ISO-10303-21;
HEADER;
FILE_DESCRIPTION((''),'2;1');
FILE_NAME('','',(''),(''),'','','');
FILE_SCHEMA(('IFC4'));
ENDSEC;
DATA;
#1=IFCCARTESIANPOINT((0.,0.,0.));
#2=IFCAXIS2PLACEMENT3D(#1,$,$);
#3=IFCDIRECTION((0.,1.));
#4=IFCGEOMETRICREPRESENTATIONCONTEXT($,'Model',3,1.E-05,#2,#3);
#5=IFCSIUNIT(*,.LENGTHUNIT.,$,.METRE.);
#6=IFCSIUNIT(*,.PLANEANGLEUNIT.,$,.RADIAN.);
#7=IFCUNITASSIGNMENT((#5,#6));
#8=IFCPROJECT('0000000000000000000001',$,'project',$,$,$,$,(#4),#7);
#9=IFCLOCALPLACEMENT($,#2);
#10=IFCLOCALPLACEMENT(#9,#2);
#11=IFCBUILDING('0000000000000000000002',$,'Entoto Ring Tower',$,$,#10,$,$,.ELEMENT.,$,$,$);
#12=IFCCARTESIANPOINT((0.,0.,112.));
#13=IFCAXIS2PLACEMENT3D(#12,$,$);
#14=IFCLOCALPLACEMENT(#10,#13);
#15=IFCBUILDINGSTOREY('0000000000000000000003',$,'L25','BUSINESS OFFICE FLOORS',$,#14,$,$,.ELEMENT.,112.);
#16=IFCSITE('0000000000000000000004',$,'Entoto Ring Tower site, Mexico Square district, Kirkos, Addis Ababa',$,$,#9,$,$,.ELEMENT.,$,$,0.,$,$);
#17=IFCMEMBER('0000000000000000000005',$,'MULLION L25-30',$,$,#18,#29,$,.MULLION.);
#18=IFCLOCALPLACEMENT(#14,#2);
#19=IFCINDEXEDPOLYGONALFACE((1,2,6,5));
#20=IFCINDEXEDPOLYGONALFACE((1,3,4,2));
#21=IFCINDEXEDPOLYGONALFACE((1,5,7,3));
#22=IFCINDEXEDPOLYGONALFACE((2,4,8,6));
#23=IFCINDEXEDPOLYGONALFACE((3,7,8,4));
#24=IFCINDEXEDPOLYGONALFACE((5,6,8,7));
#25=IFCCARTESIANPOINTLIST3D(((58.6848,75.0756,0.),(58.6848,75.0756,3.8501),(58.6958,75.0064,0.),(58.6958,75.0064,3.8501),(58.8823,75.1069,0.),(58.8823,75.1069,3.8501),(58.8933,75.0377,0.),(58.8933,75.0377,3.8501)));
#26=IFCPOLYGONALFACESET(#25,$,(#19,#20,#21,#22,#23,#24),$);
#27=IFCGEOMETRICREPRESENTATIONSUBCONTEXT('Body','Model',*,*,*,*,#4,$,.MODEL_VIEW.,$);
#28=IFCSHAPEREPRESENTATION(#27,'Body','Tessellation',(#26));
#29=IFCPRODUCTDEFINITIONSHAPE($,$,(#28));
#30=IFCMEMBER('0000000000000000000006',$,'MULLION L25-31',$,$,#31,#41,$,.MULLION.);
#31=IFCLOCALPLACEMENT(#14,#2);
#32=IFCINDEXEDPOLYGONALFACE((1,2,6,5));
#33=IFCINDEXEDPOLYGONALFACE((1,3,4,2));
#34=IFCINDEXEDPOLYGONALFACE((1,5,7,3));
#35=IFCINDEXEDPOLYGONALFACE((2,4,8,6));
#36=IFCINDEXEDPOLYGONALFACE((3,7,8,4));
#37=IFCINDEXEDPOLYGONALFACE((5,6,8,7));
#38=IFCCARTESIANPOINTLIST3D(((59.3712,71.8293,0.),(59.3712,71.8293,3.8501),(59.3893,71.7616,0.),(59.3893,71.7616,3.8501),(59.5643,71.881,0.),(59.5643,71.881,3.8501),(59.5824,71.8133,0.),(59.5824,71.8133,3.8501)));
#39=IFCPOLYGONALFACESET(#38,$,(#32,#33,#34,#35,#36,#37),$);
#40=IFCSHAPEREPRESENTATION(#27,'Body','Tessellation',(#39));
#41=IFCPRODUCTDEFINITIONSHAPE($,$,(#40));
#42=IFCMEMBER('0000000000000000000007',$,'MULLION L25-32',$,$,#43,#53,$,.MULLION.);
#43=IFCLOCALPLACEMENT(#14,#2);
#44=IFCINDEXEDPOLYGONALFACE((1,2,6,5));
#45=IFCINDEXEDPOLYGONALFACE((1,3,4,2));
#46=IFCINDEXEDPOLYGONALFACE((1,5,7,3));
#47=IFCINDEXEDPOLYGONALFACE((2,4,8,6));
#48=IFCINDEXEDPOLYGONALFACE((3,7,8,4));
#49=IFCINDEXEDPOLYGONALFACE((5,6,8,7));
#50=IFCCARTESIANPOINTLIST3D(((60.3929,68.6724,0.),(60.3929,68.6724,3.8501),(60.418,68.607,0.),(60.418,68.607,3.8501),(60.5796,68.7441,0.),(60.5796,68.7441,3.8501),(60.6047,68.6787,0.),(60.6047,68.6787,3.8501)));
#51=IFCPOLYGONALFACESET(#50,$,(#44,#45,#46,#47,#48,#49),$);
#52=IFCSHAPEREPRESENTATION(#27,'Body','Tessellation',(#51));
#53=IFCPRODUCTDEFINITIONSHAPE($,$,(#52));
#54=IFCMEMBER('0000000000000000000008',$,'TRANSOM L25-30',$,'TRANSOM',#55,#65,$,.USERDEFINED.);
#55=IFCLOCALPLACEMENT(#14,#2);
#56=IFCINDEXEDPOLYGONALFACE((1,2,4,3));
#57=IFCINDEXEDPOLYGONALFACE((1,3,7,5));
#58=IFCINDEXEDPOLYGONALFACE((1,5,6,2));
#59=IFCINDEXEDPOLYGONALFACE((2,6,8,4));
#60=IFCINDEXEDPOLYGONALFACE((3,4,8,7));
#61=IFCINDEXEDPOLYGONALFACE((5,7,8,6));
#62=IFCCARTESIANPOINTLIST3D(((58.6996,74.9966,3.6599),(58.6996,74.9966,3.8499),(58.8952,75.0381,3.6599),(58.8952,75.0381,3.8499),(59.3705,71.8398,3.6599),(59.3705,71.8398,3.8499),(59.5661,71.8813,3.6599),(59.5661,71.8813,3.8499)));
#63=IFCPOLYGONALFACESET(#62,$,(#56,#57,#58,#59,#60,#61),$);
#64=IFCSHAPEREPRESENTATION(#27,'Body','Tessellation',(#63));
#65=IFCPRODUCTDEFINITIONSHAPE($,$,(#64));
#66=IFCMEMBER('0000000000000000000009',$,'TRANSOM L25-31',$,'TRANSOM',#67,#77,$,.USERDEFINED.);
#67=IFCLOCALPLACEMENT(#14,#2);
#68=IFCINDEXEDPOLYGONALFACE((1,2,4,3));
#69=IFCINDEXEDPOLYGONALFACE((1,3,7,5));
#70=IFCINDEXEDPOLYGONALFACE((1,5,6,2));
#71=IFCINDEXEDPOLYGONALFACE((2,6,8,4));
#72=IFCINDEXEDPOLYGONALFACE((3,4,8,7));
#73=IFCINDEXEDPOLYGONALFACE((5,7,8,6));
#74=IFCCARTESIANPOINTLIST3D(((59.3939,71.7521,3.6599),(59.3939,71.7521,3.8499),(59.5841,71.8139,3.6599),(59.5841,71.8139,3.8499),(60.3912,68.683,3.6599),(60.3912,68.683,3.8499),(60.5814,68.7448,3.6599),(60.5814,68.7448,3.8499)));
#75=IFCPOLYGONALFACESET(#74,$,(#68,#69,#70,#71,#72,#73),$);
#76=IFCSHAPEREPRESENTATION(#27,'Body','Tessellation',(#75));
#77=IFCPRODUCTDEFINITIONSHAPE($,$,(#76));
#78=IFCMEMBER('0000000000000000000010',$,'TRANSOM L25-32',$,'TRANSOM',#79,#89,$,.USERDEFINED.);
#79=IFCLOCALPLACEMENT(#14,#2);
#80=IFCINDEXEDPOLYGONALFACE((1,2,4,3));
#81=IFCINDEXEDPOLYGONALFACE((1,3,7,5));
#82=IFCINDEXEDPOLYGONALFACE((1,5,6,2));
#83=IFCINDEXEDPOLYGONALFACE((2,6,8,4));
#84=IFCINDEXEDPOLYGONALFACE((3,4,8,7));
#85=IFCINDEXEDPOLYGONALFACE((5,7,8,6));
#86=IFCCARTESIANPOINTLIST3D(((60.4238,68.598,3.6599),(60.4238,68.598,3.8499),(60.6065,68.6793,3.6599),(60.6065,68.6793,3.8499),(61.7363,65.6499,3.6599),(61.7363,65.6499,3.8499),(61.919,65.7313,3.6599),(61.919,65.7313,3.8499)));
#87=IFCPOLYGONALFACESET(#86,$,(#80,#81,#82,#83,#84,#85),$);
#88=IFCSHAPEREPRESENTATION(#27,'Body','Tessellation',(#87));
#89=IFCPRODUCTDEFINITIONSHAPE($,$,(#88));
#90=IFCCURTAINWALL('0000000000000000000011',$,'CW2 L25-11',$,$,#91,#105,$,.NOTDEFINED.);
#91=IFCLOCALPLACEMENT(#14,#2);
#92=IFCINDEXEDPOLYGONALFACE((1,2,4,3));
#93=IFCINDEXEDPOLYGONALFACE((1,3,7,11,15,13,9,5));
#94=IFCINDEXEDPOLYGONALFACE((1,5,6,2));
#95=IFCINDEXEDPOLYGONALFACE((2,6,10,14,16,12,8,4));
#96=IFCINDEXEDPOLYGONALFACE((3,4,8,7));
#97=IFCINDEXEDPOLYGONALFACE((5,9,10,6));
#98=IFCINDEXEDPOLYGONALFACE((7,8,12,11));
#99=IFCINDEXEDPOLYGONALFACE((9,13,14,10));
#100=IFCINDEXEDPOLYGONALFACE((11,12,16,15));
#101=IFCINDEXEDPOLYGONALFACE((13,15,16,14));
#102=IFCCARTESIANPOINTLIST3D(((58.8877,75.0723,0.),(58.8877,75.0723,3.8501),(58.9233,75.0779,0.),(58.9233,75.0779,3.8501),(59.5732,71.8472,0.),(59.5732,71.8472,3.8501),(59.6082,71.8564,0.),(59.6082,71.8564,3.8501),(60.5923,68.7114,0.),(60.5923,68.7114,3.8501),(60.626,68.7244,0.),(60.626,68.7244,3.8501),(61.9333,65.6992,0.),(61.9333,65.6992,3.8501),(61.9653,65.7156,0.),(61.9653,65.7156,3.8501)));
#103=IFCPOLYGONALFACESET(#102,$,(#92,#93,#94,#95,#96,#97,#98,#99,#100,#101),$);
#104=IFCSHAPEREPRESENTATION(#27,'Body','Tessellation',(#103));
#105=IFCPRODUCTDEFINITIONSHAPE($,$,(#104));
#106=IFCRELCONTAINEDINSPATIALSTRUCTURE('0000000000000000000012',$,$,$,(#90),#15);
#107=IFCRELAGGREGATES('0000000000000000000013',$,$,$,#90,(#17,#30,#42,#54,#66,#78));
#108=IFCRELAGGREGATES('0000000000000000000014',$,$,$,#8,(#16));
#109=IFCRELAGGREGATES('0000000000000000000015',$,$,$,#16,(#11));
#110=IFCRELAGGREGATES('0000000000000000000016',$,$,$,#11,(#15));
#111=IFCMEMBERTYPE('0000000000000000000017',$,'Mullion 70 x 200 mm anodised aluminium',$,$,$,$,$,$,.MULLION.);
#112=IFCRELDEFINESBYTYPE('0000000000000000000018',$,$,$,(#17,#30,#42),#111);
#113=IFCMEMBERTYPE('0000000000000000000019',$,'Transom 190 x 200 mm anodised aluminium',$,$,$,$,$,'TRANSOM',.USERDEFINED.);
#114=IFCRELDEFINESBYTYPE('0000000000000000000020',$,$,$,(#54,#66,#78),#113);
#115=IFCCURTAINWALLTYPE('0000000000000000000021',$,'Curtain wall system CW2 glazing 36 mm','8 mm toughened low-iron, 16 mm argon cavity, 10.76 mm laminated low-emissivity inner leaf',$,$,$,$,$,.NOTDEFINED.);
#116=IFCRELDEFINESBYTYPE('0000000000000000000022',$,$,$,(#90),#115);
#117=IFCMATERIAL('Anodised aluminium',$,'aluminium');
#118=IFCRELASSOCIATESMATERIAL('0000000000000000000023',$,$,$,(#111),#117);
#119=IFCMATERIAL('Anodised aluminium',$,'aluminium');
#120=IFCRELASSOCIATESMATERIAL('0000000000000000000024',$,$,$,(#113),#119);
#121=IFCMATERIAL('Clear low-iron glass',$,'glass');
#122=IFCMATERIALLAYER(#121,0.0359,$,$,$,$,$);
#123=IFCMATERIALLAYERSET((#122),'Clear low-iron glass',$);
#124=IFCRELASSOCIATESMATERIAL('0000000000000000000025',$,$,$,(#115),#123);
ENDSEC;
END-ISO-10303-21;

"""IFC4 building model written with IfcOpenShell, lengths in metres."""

from ifc_helpers import new_model, si_unit, direction, frame, origin, origin_2d, place, context, subcontext, project, spatial, polyline, rectangle, outline, extrude, material, layer, layer_set, material_profile, profile_set, type_object, element, aggregate, save


model = new_model("IFC4")

# Units and contexts
model_context = context("Model", 3, precision=1e-05, world=origin(), true_north=direction((0.0, 1.0)))
body_context = subcontext(model_context, "Body", "Model", "MODEL_VIEW")
ifc_project = project(units=[si_unit("LENGTHUNIT", "METRE"), si_unit("PLANEANGLEUNIT", "RADIAN")], contexts=[model_context])

# Members
ifc_material_1 = material(Name="Anodised aluminium", Category="aluminium")
ifc_material_profile_1 = material_profile(ifc_material_1, rectangle(XDim=0.0701, YDim=0.2, at=origin_2d()), Name="Mullion 70 x 200 mm anodised aluminium")
ifc_profile_set_1 = profile_set([ifc_material_profile_1], Name="Anodised aluminium")
member_type_1 = type_object("IfcMemberType", Name="Mullion 70 x 200 mm anodised aluminium", PredefinedType="MULLION", material=ifc_profile_set_1)
site_placement = place(None, origin())
building_placement = place(site_placement, origin())
storey_placement = place(building_placement, frame((0.0, 0.0, 112.0)))
member_1_placement = place(storey_placement, frame((58.7891, 75.0566, 0.0), z_axis=(0.0, 0.0, 1.0), x_axis=(0.156434, -0.987688, 0.0)))
member_1 = element("IfcMember", 1, at=member_1_placement, type_object=member_type_1, Name="MULLION L25-30", PredefinedType="MULLION", context=body_context, shape_type="SweptSolid", body=[
    extrude(rectangle(XDim=0.0701, YDim=0.2, at=origin_2d()), origin(), (0.0, 0.0, 1.0), 3.8501),
])
member_2_placement = place(storey_placement, frame((59.4768, 71.8213, 0.0), z_axis=(0.0, 0.0, 1.0), x_axis=(0.258819, -0.965926, 0.0)))
member_2 = element("IfcMember", 2, at=member_2_placement, type_object=member_type_1, Name="MULLION L25-31", PredefinedType="MULLION", context=body_context, shape_type="SweptSolid", body=[
    extrude(rectangle(XDim=0.0701, YDim=0.2, at=origin_2d()), origin(), (0.0, 0.0, 1.0), 3.8501),
])
member_3_placement = place(storey_placement, frame((60.4988, 68.6755, 0.0), z_axis=(0.0, 0.0, 1.0), x_axis=(0.358368, -0.93358, 0.0)))
member_3 = element("IfcMember", 3, at=member_3_placement, type_object=member_type_1, Name="MULLION L25-32", PredefinedType="MULLION", context=body_context, shape_type="SweptSolid", body=[
    extrude(rectangle(XDim=0.0701, YDim=0.2, at=origin_2d()), origin(), (0.0, 0.0, 1.0), 3.8501),
])
ifc_material_2 = material(Name="Anodised aluminium", Category="aluminium")
ifc_material_profile_2 = material_profile(ifc_material_2, rectangle(XDim=0.2, YDim=0.1899, at=origin_2d()), Name="Transom 190 x 200 mm anodised aluminium")
ifc_profile_set_2 = profile_set([ifc_material_profile_2], Name="Anodised aluminium")
member_type_2 = type_object("IfcMemberType", Name="Transom 190 x 200 mm anodised aluminium", ElementType="TRANSOM", PredefinedType="USERDEFINED", material=ifc_profile_set_2)
member_4_placement = place(storey_placement, frame((58.7974, 75.0173, 3.7549), z_axis=(0.207886, -0.978153, 0.0), x_axis=(0.978153, 0.207886, 0.0)))
member_4 = element("IfcMember", 4, at=member_4_placement, type_object=member_type_2, Name="TRANSOM L25-30", ObjectType="TRANSOM", PredefinedType="USERDEFINED", context=body_context, shape_type="SweptSolid", body=[
    extrude(rectangle(XDim=0.2, YDim=0.1899, at=origin_2d()), origin(), (0.0, 0.0, 1.0), 3.2273),
])
member_5_placement = place(storey_placement, frame((59.489, 71.783, 3.7549), z_axis=(0.309047, -0.951047, 0.0), x_axis=(0.951047, 0.309047, 0.0)))
member_5 = element("IfcMember", 5, at=member_5_placement, type_object=member_type_2, Name="TRANSOM L25-31", ObjectType="TRANSOM", PredefinedType="USERDEFINED", context=body_context, shape_type="SweptSolid", body=[
    extrude(rectangle(XDim=0.2, YDim=0.1899, at=origin_2d()), origin(), (0.0, 0.0, 1.0), 3.2271),
])
member_6_placement = place(storey_placement, frame((60.5151, 68.6387, 3.7549), z_axis=(0.406728, -0.913549, 0.0), x_axis=(0.913549, 0.406728, 0.0)))
member_6 = element("IfcMember", 6, at=member_6_placement, type_object=member_type_2, Name="TRANSOM L25-32", ObjectType="TRANSOM", PredefinedType="USERDEFINED", context=body_context, shape_type="SweptSolid", body=[
    extrude(rectangle(XDim=0.2, YDim=0.1899, at=origin_2d()), origin(), (0.0, 0.0, 1.0), 3.2271),
])

# Site, building, storey
site = spatial("IfcSite", under=ifc_project, at=site_placement, Name="Entoto Ring Tower site, Mexico Square district, Kirkos, Addis Ababa", CompositionType="ELEMENT", RefElevation=0.0)
building = spatial("IfcBuilding", under=site, at=building_placement, Name="Entoto Ring Tower", CompositionType="ELEMENT")
storey = spatial("IfcBuildingStorey", under=building, at=storey_placement, Name="L25", Description="BUSINESS OFFICE FLOORS", CompositionType="ELEMENT", Elevation=112.0)

# Curtain wall
ifc_material_3 = material(Name="Clear low-iron glass", Category="glass")
ifc_layer = layer(ifc_material_3, 0.0359)
ifc_layer_set = layer_set([ifc_layer], Name="Clear low-iron glass")
curtain_wall_type = type_object("IfcCurtainWallType", Name="Curtain wall system CW2 glazing 36 mm", Description="8 mm toughened low-iron, 16 mm argon cavity, 10.76 mm laminated low-emissivity inner leaf", PredefinedType="NOTDEFINED", material=ifc_layer_set)
curtain_wall_1_placement = place(storey_placement, origin())
curtain_wall_1 = element("IfcCurtainWall", 7, at=curtain_wall_1_placement, inside=storey, type_object=curtain_wall_type, Name="CW2 L25-11", PredefinedType="NOTDEFINED", context=body_context, shape_type="SweptSolid", body=[
    extrude(outline(polyline([(58.8877, 75.0723), (59.5732, 71.8472), (60.5923, 68.7114), (61.9333, 65.6992), (61.9653, 65.7156), (60.626, 68.7244), (59.6082, 71.8564), (58.9233, 75.0779), (58.8877, 75.0723)])), origin(), (0.0, 0.0, 1.0), 3.8501),
])
aggregate(curtain_wall_1, [member_1, member_2, member_3, member_4, member_5, member_6])

save(model, "model.ifc")
